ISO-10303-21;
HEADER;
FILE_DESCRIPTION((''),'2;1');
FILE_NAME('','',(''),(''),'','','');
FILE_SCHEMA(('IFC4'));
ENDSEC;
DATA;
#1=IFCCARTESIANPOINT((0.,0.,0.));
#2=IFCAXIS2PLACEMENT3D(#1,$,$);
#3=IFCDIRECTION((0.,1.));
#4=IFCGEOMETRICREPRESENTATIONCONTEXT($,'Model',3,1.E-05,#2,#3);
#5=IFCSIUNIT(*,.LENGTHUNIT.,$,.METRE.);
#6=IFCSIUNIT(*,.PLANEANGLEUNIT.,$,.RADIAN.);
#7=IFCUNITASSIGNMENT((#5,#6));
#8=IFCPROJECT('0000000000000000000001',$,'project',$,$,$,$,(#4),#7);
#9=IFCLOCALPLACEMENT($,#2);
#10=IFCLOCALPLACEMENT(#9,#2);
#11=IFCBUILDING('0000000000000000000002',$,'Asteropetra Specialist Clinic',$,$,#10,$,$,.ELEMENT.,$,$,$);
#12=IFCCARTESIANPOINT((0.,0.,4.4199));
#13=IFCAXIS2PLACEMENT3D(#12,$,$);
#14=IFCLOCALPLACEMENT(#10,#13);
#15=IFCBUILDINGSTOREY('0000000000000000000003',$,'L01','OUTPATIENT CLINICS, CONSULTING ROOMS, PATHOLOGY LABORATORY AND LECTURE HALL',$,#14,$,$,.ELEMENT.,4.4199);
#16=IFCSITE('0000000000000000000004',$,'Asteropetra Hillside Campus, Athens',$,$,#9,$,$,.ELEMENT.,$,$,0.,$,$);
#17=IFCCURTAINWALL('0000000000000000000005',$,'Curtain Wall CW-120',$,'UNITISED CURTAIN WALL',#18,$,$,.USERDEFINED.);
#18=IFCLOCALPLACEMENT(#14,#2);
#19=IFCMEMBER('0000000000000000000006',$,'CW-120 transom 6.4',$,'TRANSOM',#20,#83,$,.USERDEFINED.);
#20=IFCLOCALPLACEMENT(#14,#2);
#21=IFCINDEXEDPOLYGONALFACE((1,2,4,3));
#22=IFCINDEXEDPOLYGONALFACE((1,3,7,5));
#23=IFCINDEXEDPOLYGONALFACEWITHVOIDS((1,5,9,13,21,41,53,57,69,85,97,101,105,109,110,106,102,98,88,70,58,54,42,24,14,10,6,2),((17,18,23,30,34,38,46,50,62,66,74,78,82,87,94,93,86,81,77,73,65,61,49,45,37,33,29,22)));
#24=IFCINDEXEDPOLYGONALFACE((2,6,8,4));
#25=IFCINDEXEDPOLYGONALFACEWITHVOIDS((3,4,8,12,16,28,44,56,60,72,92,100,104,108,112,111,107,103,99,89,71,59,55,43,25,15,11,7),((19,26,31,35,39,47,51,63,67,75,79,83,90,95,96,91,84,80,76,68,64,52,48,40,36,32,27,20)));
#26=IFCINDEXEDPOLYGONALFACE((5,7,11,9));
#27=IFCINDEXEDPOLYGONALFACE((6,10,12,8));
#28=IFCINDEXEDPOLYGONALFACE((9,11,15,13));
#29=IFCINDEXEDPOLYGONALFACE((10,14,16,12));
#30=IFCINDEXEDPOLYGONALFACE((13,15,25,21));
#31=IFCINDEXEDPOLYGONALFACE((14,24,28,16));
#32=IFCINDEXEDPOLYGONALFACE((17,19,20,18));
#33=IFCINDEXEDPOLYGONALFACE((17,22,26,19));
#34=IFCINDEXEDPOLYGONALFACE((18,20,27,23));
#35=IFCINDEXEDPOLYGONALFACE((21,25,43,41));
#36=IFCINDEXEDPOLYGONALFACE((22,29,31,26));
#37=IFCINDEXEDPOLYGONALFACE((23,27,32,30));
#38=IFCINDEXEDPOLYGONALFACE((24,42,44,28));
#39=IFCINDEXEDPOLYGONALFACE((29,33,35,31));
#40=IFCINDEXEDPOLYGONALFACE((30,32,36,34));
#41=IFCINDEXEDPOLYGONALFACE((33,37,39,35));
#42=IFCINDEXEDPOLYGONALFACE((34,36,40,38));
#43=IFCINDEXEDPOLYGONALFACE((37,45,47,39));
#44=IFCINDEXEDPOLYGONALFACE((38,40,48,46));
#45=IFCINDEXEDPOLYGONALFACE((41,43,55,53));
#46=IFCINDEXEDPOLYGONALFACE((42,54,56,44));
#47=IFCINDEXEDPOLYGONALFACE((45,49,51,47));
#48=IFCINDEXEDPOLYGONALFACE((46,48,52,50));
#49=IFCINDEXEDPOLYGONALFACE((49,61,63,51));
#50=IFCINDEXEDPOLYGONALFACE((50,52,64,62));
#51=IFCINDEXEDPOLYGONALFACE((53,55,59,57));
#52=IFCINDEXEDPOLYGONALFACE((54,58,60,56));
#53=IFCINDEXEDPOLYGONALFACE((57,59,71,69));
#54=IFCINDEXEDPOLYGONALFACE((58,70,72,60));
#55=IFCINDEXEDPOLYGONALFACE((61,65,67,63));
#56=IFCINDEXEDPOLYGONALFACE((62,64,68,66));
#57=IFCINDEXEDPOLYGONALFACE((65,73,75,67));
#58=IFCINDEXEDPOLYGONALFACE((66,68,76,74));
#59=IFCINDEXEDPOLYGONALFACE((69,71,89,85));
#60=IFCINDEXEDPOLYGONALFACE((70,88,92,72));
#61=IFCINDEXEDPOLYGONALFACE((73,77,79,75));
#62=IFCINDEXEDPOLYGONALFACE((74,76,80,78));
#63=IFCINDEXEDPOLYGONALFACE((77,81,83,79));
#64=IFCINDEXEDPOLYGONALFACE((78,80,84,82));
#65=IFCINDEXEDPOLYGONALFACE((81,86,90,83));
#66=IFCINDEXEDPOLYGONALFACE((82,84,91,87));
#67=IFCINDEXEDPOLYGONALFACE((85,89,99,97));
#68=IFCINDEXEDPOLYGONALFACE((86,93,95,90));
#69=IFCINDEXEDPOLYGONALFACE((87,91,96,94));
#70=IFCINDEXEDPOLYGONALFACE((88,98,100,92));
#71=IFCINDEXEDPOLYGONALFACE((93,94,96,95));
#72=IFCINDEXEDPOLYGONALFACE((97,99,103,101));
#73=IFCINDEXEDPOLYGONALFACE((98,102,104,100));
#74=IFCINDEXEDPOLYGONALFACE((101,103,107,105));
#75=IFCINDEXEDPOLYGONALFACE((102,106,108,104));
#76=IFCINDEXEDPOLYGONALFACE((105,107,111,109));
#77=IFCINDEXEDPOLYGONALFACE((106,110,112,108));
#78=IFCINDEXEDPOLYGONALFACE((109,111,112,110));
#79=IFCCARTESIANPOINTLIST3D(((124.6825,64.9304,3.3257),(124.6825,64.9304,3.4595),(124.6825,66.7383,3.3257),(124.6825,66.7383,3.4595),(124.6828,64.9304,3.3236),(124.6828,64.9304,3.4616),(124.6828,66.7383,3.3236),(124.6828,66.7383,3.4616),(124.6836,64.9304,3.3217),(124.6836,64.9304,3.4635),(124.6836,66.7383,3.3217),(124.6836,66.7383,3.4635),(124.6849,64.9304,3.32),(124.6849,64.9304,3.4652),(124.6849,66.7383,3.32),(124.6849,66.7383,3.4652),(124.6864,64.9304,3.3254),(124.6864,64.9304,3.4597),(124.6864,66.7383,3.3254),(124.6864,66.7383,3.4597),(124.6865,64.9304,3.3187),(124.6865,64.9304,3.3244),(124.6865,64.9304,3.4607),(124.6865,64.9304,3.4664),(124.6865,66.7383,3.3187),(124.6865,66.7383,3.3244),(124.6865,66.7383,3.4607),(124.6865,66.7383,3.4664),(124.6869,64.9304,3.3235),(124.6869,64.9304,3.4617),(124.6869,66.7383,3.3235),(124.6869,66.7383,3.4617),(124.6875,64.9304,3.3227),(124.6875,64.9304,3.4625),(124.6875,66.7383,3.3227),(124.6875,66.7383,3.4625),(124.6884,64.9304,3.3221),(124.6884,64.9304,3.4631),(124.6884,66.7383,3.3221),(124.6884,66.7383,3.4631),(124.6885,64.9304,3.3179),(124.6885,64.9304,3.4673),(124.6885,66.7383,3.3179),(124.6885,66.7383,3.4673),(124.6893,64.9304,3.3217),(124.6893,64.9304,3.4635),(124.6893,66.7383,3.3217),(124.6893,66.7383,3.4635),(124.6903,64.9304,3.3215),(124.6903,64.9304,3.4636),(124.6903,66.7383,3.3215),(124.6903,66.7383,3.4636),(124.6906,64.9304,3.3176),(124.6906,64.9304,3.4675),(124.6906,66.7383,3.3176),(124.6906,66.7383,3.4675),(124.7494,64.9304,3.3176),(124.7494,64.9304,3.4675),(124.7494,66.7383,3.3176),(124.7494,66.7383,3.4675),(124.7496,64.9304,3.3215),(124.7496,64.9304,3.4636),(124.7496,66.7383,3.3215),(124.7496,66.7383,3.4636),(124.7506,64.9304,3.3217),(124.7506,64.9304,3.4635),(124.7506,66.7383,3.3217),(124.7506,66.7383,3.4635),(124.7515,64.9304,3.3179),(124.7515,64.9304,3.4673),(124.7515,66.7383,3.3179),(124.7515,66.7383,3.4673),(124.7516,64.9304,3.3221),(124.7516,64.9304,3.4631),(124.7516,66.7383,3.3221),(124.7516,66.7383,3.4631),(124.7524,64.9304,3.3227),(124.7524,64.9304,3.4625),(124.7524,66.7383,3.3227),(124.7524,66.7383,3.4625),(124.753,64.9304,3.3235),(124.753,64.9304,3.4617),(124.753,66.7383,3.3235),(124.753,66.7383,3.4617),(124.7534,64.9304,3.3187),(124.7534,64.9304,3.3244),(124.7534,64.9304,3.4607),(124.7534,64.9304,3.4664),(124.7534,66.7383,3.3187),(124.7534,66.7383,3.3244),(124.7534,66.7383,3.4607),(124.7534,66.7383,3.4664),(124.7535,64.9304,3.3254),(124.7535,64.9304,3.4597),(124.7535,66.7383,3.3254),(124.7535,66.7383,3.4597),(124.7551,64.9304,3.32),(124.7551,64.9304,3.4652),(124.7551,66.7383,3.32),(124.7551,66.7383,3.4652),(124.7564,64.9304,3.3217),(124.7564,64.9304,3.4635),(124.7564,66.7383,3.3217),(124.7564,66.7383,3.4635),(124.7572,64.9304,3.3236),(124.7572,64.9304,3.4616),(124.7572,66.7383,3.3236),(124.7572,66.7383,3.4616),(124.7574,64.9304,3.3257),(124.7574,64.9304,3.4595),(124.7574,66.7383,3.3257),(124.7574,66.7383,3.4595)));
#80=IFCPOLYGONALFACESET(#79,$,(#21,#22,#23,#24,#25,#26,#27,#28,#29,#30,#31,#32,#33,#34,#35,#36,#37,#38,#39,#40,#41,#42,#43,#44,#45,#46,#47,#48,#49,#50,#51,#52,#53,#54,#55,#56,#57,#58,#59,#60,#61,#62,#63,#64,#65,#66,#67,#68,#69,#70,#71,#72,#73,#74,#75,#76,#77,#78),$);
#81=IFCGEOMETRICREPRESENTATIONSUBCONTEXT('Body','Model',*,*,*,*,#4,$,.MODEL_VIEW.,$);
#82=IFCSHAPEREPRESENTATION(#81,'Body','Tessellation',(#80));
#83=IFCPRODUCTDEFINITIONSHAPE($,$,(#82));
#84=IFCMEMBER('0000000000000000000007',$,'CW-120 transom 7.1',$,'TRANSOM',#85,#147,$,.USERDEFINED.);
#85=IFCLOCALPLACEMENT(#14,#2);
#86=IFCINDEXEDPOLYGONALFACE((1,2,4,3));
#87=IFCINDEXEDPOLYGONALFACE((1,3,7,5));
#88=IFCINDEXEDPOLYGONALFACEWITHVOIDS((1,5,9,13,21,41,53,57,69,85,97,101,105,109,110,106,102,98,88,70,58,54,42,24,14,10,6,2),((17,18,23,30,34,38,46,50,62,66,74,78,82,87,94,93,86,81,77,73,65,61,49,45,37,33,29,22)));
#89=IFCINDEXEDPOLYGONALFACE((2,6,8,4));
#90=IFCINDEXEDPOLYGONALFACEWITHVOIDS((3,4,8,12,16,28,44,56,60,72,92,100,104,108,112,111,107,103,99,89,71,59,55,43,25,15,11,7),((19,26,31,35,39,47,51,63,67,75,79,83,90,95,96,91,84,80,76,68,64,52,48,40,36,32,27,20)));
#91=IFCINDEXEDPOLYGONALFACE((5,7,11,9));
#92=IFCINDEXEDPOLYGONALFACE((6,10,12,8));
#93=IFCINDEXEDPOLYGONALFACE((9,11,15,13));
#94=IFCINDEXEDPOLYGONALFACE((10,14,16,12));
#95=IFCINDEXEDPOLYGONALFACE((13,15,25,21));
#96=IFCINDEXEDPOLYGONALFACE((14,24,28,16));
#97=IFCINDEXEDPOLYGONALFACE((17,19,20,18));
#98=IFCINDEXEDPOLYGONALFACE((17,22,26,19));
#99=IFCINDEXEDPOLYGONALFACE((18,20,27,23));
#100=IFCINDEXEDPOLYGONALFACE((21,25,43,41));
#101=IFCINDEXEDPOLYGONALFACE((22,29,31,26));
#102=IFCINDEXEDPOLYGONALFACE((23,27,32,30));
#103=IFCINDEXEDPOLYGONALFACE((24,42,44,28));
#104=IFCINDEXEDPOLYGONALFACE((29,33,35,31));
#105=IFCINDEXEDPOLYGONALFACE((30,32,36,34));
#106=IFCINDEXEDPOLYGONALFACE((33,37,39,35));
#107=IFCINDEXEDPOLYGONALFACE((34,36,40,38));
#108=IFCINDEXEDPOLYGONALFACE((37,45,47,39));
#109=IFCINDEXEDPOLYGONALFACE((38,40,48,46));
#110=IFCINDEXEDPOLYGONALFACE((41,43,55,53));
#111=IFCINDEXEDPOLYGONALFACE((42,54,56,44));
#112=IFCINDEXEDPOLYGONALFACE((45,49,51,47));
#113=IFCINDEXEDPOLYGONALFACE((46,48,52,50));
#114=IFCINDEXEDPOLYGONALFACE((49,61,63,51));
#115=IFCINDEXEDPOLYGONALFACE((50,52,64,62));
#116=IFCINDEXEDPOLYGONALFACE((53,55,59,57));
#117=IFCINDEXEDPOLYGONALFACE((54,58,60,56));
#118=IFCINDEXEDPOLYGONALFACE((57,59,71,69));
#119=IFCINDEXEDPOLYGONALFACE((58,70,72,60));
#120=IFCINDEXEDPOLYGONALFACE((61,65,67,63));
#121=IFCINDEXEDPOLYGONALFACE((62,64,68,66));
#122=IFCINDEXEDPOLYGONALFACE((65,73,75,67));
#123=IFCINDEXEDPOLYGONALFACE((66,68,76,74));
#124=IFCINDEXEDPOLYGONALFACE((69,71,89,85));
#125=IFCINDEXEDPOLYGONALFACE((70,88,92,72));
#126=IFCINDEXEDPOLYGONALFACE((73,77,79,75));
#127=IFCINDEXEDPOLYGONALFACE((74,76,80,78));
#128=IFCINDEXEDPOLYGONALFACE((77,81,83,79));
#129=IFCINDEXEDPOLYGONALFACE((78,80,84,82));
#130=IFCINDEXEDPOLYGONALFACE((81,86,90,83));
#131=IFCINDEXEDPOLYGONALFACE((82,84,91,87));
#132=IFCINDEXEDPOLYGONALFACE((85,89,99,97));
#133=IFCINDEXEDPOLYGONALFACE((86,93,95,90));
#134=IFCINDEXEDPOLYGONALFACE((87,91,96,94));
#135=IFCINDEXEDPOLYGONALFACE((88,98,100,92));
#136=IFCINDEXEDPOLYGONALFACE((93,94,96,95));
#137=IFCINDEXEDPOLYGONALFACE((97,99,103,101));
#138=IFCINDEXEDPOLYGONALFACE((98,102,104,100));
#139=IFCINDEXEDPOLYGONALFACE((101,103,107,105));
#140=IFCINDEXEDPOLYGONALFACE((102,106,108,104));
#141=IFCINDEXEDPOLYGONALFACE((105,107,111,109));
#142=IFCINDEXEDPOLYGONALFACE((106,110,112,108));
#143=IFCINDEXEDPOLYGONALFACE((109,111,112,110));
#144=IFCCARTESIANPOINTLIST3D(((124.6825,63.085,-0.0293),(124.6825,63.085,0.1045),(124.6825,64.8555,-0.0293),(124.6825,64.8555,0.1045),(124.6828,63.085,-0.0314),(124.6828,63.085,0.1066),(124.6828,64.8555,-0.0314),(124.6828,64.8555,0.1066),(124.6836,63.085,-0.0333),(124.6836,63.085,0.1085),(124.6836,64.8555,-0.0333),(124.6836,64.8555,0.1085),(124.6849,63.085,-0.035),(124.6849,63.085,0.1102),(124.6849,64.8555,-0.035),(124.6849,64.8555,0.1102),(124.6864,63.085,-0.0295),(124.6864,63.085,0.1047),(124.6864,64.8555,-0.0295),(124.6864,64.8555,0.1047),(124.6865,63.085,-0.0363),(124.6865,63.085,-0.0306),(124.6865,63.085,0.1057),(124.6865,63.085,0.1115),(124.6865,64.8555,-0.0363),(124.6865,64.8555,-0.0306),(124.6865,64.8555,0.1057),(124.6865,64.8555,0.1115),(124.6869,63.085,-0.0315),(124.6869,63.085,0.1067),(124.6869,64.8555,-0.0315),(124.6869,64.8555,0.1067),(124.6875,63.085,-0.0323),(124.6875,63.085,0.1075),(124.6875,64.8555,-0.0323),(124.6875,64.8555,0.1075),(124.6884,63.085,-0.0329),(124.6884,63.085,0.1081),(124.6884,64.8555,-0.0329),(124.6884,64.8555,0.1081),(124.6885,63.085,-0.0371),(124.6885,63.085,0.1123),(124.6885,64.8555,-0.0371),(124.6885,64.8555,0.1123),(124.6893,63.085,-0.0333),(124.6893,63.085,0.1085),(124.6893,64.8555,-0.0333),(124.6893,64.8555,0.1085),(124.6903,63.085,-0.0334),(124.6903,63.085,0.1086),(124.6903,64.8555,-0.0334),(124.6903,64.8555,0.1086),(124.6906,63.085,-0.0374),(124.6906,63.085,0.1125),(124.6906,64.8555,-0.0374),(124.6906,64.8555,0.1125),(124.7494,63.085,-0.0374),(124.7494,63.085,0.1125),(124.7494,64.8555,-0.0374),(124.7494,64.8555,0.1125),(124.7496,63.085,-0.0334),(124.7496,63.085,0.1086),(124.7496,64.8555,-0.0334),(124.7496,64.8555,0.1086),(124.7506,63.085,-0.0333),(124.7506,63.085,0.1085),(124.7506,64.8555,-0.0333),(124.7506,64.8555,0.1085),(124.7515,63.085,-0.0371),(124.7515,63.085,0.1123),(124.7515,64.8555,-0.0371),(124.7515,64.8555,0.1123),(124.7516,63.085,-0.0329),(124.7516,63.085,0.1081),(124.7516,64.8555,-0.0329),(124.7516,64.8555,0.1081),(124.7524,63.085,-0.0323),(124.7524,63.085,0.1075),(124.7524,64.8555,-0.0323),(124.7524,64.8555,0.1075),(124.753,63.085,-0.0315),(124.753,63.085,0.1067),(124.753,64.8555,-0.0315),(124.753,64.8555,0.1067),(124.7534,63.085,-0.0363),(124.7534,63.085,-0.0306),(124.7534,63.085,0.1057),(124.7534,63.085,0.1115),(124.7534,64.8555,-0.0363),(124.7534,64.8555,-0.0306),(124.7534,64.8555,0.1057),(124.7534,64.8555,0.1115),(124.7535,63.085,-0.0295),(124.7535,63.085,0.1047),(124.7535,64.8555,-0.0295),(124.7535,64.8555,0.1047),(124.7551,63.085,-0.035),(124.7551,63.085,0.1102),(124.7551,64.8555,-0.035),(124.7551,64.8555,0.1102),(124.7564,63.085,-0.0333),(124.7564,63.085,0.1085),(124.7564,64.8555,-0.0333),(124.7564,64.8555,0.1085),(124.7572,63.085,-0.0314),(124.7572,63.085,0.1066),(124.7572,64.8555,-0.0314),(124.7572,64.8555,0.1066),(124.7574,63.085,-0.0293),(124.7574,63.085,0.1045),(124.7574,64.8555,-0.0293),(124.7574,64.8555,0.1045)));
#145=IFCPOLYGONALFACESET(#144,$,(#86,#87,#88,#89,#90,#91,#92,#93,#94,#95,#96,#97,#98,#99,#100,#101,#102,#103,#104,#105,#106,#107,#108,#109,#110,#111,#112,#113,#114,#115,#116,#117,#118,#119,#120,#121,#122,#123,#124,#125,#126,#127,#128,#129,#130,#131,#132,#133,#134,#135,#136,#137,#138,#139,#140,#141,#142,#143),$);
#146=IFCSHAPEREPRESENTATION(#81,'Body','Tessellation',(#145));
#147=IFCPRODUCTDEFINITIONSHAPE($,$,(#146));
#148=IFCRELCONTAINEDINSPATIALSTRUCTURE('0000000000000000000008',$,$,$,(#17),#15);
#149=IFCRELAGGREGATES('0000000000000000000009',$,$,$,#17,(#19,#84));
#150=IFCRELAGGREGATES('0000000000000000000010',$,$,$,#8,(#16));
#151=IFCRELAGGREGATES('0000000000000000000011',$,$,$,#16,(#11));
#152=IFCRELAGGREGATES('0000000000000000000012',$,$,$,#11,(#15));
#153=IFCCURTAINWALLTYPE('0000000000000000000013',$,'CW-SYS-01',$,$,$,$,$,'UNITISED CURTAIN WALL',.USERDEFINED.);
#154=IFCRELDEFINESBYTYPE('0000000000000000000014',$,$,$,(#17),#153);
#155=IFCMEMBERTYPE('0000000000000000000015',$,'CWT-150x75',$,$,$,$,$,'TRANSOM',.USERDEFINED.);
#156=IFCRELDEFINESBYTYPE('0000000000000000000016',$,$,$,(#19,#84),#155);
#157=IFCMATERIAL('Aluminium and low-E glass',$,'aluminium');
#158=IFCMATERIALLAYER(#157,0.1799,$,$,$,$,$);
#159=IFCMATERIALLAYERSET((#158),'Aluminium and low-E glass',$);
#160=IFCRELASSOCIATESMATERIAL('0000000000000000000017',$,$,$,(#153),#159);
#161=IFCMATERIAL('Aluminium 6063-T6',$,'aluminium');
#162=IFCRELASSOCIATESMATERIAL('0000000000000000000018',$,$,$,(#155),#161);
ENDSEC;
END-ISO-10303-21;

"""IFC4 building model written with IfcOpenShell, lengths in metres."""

from ifc_helpers import new_model, si_unit, direction, frame, origin, origin_2d, place, context, subcontext, project, spatial, hollow_rectangle, extrude, material, layer, layer_set, material_profile, profile_set, type_object, element, aggregate, save


model = new_model("IFC4")

# Units and contexts
model_context = context("Model", 3, precision=1e-05, world=origin(), true_north=direction((0.0, 1.0)))
body_context = subcontext(model_context, "Body", "Model", "MODEL_VIEW")
ifc_project = project(units=[si_unit("LENGTHUNIT", "METRE"), si_unit("PLANEANGLEUNIT", "RADIAN")], contexts=[model_context])

# Site, building, storey
site_placement = place(None, origin())
site = spatial("IfcSite", under=ifc_project, at=site_placement, Name="Asteropetra Hillside Campus, Athens", CompositionType="ELEMENT", RefElevation=0.0)
building_placement = place(site_placement, origin())
building = spatial("IfcBuilding", under=site, at=building_placement, Name="Asteropetra Specialist Clinic", CompositionType="ELEMENT")
storey_placement = place(building_placement, frame((0.0, 0.0, 4.4199)))
storey = spatial("IfcBuildingStorey", under=building, at=storey_placement, Name="L01", Description="OUTPATIENT CLINICS, CONSULTING ROOMS, PATHOLOGY LABORATORY AND LECTURE HALL", CompositionType="ELEMENT", Elevation=4.4199)

# Curtain wall, members
ifc_material_1 = material(Name="Aluminium and low-E glass", Category="aluminium")
ifc_layer_1 = layer(ifc_material_1, 0.1799)
ifc_layer_set_1 = layer_set([ifc_layer_1], Name="Aluminium and low-E glass")
curtain_wall_type = type_object("IfcCurtainWallType", Name="CW-SYS-01", ElementType="UNITISED CURTAIN WALL", PredefinedType="USERDEFINED", material=ifc_layer_set_1)
curtain_wall_placement = place(storey_placement, origin())
curtain_wall = element("IfcCurtainWall", 1, at=curtain_wall_placement, inside=storey, type_object=curtain_wall_type, Name="Curtain Wall CW-120", ObjectType="UNITISED CURTAIN WALL", PredefinedType="USERDEFINED")
ifc_material_2 = material(Name="Aluminium 6063-T6", Category="aluminium")
ifc_material_profile_1 = material_profile(ifc_material_2, hollow_rectangle(XDim=0.075, YDim=0.1499, WallThickness=0.0039, InnerFilletRadius=0.0039, OuterFilletRadius=0.0081, at=origin_2d()), Name="TRN 150x75x4.0")
ifc_profile_set_1 = profile_set([ifc_material_profile_1], Name="Aluminium 6063-T6")
member_type_1 = type_object("IfcMemberType", Name="CWT-150x75", ElementType="TRANSOM", PredefinedType="USERDEFINED", material=ifc_profile_set_1)
member_1_placement = place(storey_placement, frame((124.72, 66.7383, 3.3926), z_axis=(0.0, -1.0, 0.0), x_axis=(1.0, 0.0, 0.0)))
member_1 = element("IfcMember", 2, at=member_1_placement, type_object=member_type_1, Name="CW-120 transom 6.4", ObjectType="TRANSOM", PredefinedType="USERDEFINED", context=body_context, shape_type="SweptSolid", body=[
    extrude(hollow_rectangle(XDim=0.075, YDim=0.1499, WallThickness=0.0039, InnerFilletRadius=0.0039, OuterFilletRadius=0.0081, at=origin_2d()), origin(), (0.0, 0.0, 1.0), 1.8079),
])
member_2_placement = place(storey_placement, frame((124.72, 64.8555, 0.0376), z_axis=(0.0, -1.0, 0.0), x_axis=(1.0, 0.0, 0.0)))
member_2 = element("IfcMember", 3, at=member_2_placement, type_object=member_type_1, Name="CW-120 transom 7.1", ObjectType="TRANSOM", PredefinedType="USERDEFINED", context=body_context, shape_type="SweptSolid", body=[
    extrude(hollow_rectangle(XDim=0.075, YDim=0.1499, WallThickness=0.0039, InnerFilletRadius=0.0039, OuterFilletRadius=0.0081, at=origin_2d()), origin(), (0.0, 0.0, 1.0), 1.7705),
])
aggregate(curtain_wall, [member_1, member_2])

save(model, "model.ifc")
